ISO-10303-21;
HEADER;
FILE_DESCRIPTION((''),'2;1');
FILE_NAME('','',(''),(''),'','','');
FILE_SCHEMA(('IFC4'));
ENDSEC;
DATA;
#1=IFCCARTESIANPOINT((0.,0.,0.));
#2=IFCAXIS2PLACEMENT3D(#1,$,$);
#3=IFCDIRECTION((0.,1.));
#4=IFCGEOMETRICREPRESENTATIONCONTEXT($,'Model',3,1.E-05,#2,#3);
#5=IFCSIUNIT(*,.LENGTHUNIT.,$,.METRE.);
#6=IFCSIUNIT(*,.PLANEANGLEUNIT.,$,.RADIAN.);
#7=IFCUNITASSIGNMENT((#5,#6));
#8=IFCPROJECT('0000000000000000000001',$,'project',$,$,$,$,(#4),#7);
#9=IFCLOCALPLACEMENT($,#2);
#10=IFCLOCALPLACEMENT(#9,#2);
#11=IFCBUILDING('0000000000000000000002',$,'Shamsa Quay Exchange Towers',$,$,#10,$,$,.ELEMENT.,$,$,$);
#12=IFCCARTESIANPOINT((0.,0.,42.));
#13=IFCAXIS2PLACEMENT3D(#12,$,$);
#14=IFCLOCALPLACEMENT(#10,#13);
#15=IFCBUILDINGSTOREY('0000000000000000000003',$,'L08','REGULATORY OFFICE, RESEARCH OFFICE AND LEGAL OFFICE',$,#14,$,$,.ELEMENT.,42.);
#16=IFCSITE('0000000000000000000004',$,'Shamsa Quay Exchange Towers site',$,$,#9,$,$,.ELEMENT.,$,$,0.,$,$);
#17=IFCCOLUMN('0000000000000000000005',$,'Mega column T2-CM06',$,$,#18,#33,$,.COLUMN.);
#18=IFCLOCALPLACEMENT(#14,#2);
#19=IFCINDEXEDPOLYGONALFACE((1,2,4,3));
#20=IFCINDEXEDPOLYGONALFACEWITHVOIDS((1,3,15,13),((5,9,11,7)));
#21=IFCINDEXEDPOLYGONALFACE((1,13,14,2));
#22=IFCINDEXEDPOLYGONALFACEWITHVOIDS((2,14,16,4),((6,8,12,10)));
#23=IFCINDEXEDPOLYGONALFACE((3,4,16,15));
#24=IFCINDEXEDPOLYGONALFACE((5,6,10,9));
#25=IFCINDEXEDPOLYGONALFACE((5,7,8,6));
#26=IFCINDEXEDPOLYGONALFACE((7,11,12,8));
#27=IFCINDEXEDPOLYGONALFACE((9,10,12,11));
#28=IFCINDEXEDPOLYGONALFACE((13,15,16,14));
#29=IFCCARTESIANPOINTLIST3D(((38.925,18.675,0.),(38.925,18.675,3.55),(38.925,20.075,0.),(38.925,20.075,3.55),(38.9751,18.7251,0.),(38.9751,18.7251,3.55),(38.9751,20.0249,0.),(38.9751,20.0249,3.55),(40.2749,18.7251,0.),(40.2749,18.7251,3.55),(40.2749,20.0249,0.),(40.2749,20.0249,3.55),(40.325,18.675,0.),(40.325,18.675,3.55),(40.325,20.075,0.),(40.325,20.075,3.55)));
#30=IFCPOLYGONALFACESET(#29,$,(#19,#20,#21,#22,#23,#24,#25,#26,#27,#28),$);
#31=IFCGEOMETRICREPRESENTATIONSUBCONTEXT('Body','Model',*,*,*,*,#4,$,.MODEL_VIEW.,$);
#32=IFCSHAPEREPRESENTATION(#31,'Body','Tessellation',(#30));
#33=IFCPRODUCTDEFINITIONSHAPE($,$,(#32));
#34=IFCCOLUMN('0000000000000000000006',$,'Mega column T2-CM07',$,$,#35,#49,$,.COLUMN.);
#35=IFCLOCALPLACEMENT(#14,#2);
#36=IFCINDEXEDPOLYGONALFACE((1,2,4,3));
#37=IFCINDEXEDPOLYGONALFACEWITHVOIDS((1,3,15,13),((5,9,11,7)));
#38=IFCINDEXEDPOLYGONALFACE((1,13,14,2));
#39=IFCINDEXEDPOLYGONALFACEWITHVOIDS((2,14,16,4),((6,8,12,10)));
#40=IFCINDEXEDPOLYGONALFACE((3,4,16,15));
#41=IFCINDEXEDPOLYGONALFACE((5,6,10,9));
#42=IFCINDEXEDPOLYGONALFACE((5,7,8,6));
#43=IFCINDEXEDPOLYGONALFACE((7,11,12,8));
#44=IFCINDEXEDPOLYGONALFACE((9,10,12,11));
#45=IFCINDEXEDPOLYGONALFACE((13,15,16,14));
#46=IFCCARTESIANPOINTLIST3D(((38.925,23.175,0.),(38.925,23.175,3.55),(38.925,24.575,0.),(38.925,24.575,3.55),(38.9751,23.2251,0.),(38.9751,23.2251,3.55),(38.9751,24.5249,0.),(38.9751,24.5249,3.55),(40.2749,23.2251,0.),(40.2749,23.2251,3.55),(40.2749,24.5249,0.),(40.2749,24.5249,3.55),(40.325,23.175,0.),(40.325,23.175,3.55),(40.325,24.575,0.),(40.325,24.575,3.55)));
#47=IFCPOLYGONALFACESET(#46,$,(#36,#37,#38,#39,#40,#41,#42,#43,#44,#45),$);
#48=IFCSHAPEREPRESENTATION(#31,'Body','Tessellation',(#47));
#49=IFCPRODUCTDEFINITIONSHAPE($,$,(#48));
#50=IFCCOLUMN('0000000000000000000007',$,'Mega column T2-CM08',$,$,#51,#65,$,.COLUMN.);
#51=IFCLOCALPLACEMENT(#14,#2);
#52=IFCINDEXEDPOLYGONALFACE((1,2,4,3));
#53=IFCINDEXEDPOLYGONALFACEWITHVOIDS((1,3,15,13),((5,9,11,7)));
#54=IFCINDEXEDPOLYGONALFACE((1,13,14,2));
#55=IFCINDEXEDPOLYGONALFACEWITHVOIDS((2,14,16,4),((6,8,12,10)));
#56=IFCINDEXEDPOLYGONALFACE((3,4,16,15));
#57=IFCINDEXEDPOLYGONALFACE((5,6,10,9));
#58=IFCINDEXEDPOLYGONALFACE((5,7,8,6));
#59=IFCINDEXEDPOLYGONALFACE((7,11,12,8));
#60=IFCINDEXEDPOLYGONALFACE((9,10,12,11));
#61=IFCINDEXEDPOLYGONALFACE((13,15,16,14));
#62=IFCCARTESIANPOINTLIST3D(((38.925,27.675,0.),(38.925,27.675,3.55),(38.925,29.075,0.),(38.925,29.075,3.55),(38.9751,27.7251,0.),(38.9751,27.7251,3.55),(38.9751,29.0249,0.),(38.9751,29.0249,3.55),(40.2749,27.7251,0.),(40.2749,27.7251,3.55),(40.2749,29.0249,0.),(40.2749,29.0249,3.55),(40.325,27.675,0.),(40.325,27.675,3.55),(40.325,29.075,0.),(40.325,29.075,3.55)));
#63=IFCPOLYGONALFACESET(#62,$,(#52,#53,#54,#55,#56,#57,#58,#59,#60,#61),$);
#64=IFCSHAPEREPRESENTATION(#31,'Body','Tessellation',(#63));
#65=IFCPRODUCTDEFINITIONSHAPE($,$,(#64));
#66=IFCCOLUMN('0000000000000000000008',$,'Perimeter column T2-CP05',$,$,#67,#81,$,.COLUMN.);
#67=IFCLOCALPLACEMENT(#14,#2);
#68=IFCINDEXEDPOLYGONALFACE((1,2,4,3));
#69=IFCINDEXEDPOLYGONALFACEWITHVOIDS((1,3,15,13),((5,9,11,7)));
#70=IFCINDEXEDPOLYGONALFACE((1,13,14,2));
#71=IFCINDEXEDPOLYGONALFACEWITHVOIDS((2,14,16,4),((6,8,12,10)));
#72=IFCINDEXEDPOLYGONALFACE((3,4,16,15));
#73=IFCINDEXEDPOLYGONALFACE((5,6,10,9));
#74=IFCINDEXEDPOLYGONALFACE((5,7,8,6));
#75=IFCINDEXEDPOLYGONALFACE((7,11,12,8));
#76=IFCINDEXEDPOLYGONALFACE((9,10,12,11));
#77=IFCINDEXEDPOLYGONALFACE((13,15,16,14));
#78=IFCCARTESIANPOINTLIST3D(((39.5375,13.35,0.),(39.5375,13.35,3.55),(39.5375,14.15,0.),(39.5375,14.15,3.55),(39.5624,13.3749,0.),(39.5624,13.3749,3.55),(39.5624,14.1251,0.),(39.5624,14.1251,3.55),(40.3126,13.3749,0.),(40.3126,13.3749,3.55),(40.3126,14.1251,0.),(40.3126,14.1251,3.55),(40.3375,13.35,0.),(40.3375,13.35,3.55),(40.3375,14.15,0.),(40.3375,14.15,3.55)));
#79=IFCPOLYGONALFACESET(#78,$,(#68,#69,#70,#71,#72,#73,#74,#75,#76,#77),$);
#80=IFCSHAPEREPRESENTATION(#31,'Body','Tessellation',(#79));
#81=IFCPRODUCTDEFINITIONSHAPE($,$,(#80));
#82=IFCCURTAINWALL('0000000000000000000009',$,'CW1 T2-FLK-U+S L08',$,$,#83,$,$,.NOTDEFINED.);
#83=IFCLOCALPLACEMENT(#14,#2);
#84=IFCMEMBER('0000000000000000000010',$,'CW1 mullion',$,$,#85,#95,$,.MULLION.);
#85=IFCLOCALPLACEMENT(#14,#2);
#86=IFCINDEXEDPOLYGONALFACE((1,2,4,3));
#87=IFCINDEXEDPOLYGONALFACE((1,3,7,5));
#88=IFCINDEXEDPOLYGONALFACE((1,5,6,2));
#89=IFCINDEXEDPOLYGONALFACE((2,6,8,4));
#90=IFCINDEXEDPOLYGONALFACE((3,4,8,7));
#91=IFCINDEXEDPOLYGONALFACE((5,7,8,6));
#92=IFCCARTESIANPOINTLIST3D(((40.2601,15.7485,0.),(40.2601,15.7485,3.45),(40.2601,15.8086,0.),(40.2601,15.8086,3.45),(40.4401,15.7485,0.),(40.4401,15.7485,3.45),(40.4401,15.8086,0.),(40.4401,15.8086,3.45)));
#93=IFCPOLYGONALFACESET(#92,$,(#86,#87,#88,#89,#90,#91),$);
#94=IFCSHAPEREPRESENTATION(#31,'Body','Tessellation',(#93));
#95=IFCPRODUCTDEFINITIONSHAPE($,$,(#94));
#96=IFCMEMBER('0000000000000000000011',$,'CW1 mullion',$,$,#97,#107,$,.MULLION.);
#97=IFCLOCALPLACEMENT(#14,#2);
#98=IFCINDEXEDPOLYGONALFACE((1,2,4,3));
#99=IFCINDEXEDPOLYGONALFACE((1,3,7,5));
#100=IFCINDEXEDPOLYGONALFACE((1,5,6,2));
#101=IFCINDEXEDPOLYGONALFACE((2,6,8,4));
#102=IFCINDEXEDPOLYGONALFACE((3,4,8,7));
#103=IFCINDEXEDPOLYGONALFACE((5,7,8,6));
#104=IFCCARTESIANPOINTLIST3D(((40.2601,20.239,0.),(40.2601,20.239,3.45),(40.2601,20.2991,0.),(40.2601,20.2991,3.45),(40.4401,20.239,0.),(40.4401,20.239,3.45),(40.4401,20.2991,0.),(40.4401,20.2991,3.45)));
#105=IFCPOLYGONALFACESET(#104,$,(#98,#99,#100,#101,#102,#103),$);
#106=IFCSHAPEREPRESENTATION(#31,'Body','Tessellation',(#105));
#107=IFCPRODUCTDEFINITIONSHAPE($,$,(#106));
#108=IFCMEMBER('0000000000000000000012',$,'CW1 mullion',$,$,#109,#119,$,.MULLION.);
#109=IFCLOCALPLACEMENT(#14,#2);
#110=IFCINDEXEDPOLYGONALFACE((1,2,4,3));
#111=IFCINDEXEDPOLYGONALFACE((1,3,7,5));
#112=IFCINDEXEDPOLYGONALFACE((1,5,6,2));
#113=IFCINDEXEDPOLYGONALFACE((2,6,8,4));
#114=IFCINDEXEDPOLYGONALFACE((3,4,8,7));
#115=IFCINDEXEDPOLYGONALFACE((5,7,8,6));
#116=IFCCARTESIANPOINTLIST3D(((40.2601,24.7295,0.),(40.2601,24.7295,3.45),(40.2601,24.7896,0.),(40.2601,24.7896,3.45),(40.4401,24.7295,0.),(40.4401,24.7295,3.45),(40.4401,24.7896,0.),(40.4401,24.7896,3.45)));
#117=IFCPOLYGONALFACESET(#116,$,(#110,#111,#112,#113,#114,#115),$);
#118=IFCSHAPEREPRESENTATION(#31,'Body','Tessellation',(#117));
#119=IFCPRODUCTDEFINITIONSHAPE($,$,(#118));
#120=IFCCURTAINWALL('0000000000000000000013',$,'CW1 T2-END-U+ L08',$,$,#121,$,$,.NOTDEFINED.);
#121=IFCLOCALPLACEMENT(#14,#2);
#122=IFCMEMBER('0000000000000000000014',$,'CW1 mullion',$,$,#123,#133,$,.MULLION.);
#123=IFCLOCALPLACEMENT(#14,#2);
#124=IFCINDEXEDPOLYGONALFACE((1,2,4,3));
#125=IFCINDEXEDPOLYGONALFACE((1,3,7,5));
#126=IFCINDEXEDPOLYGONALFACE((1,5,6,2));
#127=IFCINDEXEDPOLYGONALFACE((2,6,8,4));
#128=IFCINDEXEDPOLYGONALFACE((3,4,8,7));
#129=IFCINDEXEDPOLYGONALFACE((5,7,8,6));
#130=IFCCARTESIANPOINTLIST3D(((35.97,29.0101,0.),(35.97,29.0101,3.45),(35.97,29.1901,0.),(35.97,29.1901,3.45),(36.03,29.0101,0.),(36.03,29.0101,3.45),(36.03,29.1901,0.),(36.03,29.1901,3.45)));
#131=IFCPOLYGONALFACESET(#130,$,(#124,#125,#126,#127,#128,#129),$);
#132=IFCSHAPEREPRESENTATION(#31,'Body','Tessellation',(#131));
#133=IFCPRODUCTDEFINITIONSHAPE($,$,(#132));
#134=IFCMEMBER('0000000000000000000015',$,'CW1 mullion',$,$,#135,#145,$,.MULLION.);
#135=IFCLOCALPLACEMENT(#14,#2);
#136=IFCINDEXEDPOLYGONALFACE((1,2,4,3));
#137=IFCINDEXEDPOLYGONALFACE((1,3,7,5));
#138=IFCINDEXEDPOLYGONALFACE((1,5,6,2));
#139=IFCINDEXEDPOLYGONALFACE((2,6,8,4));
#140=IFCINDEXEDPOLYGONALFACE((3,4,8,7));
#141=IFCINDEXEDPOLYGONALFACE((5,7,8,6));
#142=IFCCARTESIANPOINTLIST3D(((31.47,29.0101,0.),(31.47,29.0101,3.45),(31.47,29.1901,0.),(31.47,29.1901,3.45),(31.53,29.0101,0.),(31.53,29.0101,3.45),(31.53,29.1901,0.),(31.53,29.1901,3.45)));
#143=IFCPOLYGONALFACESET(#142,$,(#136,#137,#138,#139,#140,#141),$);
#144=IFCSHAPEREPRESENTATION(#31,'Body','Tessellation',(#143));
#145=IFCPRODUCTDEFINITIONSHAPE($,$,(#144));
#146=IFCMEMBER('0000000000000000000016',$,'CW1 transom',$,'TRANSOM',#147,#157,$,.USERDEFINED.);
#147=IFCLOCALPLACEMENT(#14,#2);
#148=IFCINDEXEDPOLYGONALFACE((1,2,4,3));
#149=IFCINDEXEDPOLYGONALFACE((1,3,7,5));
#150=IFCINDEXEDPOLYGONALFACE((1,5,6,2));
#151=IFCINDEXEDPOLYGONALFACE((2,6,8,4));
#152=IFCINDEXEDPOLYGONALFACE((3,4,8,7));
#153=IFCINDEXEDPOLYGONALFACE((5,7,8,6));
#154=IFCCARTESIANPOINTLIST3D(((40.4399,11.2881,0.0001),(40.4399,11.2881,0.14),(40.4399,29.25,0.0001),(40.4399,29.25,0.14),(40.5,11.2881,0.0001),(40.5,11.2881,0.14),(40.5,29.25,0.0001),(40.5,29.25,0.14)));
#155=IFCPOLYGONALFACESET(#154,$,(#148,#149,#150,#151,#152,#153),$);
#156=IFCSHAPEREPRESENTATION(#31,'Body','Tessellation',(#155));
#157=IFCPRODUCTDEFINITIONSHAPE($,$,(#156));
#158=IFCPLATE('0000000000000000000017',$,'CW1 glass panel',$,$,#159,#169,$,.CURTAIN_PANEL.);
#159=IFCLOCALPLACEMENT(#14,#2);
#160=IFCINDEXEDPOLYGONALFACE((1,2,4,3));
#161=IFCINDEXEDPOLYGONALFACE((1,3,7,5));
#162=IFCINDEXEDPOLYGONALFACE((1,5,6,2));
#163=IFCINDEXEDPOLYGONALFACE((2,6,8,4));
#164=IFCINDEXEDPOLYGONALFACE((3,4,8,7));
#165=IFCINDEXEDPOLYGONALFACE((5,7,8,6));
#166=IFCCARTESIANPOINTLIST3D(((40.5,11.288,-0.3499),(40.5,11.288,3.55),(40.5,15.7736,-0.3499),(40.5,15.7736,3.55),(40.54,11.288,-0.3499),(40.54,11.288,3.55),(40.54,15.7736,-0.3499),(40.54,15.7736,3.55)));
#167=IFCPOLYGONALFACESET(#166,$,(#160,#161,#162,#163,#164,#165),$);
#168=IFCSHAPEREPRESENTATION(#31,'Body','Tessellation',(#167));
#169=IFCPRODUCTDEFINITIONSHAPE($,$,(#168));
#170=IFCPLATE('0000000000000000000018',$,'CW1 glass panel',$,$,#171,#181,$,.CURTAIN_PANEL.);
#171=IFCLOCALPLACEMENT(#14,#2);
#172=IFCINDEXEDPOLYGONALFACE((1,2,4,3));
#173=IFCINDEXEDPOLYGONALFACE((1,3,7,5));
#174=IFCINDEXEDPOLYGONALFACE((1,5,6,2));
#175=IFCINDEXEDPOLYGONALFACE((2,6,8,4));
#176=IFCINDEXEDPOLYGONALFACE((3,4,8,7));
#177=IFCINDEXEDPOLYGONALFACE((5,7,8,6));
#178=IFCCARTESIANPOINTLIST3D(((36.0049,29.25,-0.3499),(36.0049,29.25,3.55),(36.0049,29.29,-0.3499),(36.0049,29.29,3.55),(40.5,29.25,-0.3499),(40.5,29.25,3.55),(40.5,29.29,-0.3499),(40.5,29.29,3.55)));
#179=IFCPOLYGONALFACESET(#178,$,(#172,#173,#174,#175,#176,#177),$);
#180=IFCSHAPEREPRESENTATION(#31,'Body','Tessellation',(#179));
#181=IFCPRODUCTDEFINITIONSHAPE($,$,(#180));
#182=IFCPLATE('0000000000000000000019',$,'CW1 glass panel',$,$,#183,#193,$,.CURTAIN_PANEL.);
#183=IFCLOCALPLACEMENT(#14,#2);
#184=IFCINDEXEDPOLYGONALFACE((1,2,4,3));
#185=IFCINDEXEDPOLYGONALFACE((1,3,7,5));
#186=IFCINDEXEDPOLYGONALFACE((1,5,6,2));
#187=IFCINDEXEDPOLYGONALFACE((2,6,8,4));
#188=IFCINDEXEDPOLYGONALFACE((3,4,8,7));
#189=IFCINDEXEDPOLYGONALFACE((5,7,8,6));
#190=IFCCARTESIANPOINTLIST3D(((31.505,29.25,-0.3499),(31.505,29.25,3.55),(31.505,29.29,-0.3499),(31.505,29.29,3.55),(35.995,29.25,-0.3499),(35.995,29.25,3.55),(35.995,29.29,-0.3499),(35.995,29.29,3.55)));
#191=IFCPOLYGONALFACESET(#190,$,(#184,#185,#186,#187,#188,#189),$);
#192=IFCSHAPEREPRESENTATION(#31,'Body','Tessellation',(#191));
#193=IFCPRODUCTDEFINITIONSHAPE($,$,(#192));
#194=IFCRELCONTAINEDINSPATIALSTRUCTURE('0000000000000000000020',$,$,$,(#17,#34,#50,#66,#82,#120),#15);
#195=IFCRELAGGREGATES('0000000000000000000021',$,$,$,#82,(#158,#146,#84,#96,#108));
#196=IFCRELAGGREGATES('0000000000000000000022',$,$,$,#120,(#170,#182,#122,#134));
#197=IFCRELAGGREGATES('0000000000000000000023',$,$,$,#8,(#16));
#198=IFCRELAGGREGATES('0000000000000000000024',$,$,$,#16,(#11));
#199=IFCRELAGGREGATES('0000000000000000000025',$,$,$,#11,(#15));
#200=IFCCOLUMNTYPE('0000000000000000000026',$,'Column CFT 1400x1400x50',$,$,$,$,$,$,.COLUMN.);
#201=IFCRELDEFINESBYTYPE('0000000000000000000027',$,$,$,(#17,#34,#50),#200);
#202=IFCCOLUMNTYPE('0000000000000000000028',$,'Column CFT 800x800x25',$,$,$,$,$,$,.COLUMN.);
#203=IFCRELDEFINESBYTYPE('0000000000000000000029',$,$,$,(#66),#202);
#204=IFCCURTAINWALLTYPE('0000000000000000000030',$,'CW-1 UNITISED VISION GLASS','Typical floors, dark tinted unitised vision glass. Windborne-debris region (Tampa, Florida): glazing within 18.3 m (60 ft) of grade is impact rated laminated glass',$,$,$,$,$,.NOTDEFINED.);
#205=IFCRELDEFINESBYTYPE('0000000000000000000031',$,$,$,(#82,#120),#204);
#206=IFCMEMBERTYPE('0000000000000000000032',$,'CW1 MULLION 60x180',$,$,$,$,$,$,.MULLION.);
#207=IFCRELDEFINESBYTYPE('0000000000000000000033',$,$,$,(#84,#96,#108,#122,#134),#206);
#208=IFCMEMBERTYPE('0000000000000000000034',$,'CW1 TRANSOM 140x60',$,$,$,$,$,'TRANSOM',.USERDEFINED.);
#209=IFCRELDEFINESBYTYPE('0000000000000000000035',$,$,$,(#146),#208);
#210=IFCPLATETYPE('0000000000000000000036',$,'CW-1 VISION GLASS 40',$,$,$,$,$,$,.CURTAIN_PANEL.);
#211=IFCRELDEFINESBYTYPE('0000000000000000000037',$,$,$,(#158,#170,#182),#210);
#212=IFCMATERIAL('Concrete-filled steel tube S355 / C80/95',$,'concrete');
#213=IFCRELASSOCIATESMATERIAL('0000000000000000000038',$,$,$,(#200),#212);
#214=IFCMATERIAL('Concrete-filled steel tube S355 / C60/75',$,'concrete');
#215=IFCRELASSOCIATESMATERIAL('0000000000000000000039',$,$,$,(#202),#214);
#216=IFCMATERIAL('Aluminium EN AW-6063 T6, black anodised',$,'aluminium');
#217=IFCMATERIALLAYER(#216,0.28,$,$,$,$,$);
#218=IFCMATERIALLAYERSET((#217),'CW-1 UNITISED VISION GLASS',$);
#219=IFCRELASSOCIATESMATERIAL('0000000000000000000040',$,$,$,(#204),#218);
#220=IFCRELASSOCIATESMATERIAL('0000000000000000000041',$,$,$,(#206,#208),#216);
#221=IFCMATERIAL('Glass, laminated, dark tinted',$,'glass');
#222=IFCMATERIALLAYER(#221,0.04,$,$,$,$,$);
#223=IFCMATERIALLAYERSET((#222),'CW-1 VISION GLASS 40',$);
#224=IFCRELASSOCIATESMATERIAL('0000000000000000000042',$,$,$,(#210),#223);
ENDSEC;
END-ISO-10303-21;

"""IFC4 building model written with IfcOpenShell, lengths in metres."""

from ifc_helpers import new_model, si_unit, direction, frame, origin, origin_2d, place, context, subcontext, project, spatial, rectangle, hollow_rectangle, extrude, material, layer, layer_set, material_profile, profile_set, type_object, element, aggregate, save


model = new_model("IFC4")

# Units and contexts
model_context = context("Model", 3, precision=1e-05, world=origin(), true_north=direction((0.0, 1.0)))
body_context = subcontext(model_context, "Body", "Model", "MODEL_VIEW")
ifc_project = project(units=[si_unit("LENGTHUNIT", "METRE"), si_unit("PLANEANGLEUNIT", "RADIAN")], contexts=[model_context])

# Site, building, storey
site_placement = place(None, origin())
site = spatial("IfcSite", under=ifc_project, at=site_placement, Name="Shamsa Quay Exchange Towers site", CompositionType="ELEMENT", RefElevation=0.0)
building_placement = place(site_placement, origin())
building = spatial("IfcBuilding", under=site, at=building_placement, Name="Shamsa Quay Exchange Towers", CompositionType="ELEMENT")
storey_placement = place(building_placement, frame((0.0, 0.0, 42.0)))
storey = spatial("IfcBuildingStorey", under=building, at=storey_placement, Name="L08", Description="REGULATORY OFFICE, RESEARCH OFFICE AND LEGAL OFFICE", CompositionType="ELEMENT", Elevation=42.0)

# Columns
ifc_material_1 = material(Name="Concrete-filled steel tube S355 / C80/95", Category="concrete")
ifc_material_profile_1 = material_profile(ifc_material_1, hollow_rectangle(XDim=1.3999, YDim=1.3999, WallThickness=0.05, at=origin_2d()), Name="CFT 1400x1400x50")
ifc_profile_set_1 = profile_set([ifc_material_profile_1], Name="Concrete-filled steel tube S355 / C80/95")
column_type_1 = type_object("IfcColumnType", Name="Column CFT 1400x1400x50", PredefinedType="COLUMN", material=ifc_profile_set_1)
for number, where, name in (
    (1, (39.625, 19.375, 0.0), "Mega column T2-CM06"),
    (2, (39.625, 23.875, 0.0), "Mega column T2-CM07"),
    (3, (39.625, 28.375, 0.0), "Mega column T2-CM08"),
):
    element("IfcColumn", number, at=place(storey_placement, frame(where)), inside=storey, type_object=column_type_1, Name=name, PredefinedType="COLUMN", context=body_context, shape_type="SweptSolid", body=[
        extrude(hollow_rectangle(XDim=1.3999, YDim=1.3999, WallThickness=0.05, at=origin_2d()), origin(), (0.0, 0.0, 1.0), 3.55),
    ])
ifc_material_2 = material(Name="Concrete-filled steel tube S355 / C60/75", Category="concrete")
ifc_material_profile_2 = material_profile(ifc_material_2, hollow_rectangle(XDim=0.8, YDim=0.8, WallThickness=0.0249, at=origin_2d()), Name="CFT 800x800x25")
ifc_profile_set_2 = profile_set([ifc_material_profile_2], Name="Concrete-filled steel tube S355 / C60/75")
column_type_2 = type_object("IfcColumnType", Name="Column CFT 800x800x25", PredefinedType="COLUMN", material=ifc_profile_set_2)
column_placement = place(storey_placement, frame((39.9375, 13.75, 0.0)))
element("IfcColumn", 4, at=column_placement, inside=storey, type_object=column_type_2, Name="Perimeter column T2-CP05", PredefinedType="COLUMN", context=body_context, shape_type="SweptSolid", body=[
    extrude(hollow_rectangle(XDim=0.8, YDim=0.8, WallThickness=0.0249, at=origin_2d()), origin(), (0.0, 0.0, 1.0), 3.55),
])

# Curtain walls, members
ifc_material_3 = material(Name="Aluminium EN AW-6063 T6, black anodised", Category="aluminium")
ifc_layer_1 = layer(ifc_material_3, 0.28)
ifc_layer_set_1 = layer_set([ifc_layer_1], Name="CW-1 UNITISED VISION GLASS")
curtain_wall_type = type_object("IfcCurtainWallType", Name="CW-1 UNITISED VISION GLASS", Description="Typical floors, dark tinted unitised vision glass. Windborne-debris region (Tampa, Florida): glazing within 18.3 m (60 ft) of grade is impact rated laminated glass", PredefinedType="NOTDEFINED", material=ifc_layer_set_1)
curtain_wall_1_placement = place(storey_placement, origin())
curtain_wall_1 = element("IfcCurtainWall", 5, at=curtain_wall_1_placement, inside=storey, type_object=curtain_wall_type, Name="CW1 T2-FLK-U+S L08", PredefinedType="NOTDEFINED")
ifc_material_profile_3 = material_profile(ifc_material_3, rectangle(XDim=0.1799, YDim=0.0601, at=origin_2d()), Name="MU60x180")
ifc_profile_set_3 = profile_set([ifc_material_profile_3], Name="Aluminium EN AW-6063 T6, black anodised")
member_type_1 = type_object("IfcMemberType", Name="CW1 MULLION 60x180", PredefinedType="MULLION", material=ifc_profile_set_3)
member_1_placement = place(storey_placement, frame((40.3501, 15.7786, 0.0), z_axis=(0.0, 0.0, 1.0), x_axis=(-1.0, 0.0, 0.0)))
member_1 = element("IfcMember", 6, at=member_1_placement, type_object=member_type_1, Name="CW1 mullion", PredefinedType="MULLION", context=body_context, shape_type="SweptSolid", body=[
    extrude(rectangle(XDim=0.1799, YDim=0.0601, at=origin_2d()), origin(), (0.0, 0.0, 1.0), 3.45),
])
member_2_placement = place(storey_placement, frame((40.3501, 20.269, 0.0), z_axis=(0.0, 0.0, 1.0), x_axis=(-1.0, 0.0, 0.0)))
member_2 = element("IfcMember", 7, at=member_2_placement, type_object=member_type_1, Name="CW1 mullion", PredefinedType="MULLION", context=body_context, shape_type="SweptSolid", body=[
    extrude(rectangle(XDim=0.1799, YDim=0.0601, at=origin_2d()), origin(), (0.0, 0.0, 1.0), 3.45),
])
member_3_placement = place(storey_placement, frame((40.3501, 24.7595, 0.0), z_axis=(0.0, 0.0, 1.0), x_axis=(-1.0, 0.0, 0.0)))
member_3 = element("IfcMember", 8, at=member_3_placement, type_object=member_type_1, Name="CW1 mullion", PredefinedType="MULLION", context=body_context, shape_type="SweptSolid", body=[
    extrude(rectangle(XDim=0.1799, YDim=0.0601, at=origin_2d()), origin(), (0.0, 0.0, 1.0), 3.45),
])
curtain_wall_2_placement = place(storey_placement, origin())
curtain_wall_2 = element("IfcCurtainWall", 9, at=curtain_wall_2_placement, inside=storey, type_object=curtain_wall_type, Name="CW1 T2-END-U+ L08", PredefinedType="NOTDEFINED")
member_4_placement = place(storey_placement, frame((36.0, 29.1001, 0.0), z_axis=(0.0, 0.0, 1.0), x_axis=(0.0, -1.0, 0.0)))
member_4 = element("IfcMember", 10, at=member_4_placement, type_object=member_type_1, Name="CW1 mullion", PredefinedType="MULLION", context=body_context, shape_type="SweptSolid", body=[
    extrude(rectangle(XDim=0.1799, YDim=0.0601, at=origin_2d()), origin(), (0.0, 0.0, 1.0), 3.45),
])
member_5_placement = place(storey_placement, frame((31.5, 29.1001, 0.0), z_axis=(0.0, 0.0, 1.0), x_axis=(0.0, -1.0, 0.0)))
member_5 = element("IfcMember", 11, at=member_5_placement, type_object=member_type_1, Name="CW1 mullion", PredefinedType="MULLION", context=body_context, shape_type="SweptSolid", body=[
    extrude(rectangle(XDim=0.1799, YDim=0.0601, at=origin_2d()), origin(), (0.0, 0.0, 1.0), 3.45),
])

# Member
ifc_material_profile_4 = material_profile(ifc_material_3, rectangle(XDim=0.0601, YDim=0.1399, at=origin_2d()), Name="TR140x60")
ifc_profile_set_4 = profile_set([ifc_material_profile_4], Name="Aluminium EN AW-6063 T6, black anodised")
member_type_2 = type_object("IfcMemberType", Name="CW1 TRANSOM 140x60", ElementType="TRANSOM", PredefinedType="USERDEFINED", material=ifc_profile_set_4)
member_6_placement = place(storey_placement, frame((40.47, 11.2881, 0.0701), z_axis=(0.0, 1.0, 0.0), x_axis=(-1.0, 0.0, 0.0)))
member_6 = element("IfcMember", 12, at=member_6_placement, type_object=member_type_2, Name="CW1 transom", ObjectType="TRANSOM", PredefinedType="USERDEFINED", context=body_context, shape_type="SweptSolid", body=[
    extrude(rectangle(XDim=0.0601, YDim=0.1399, at=origin_2d()), origin(), (0.0, 0.0, 1.0), 17.9619),
])

# Plates
ifc_material_4 = material(Name="Glass, laminated, dark tinted", Category="glass")
ifc_layer_2 = layer(ifc_material_4, 0.04)
ifc_layer_set_2 = layer_set([ifc_layer_2], Name="CW-1 VISION GLASS 40")
plate_type = type_object("IfcPlateType", Name="CW-1 VISION GLASS 40", PredefinedType="CURTAIN_PANEL", material=ifc_layer_set_2)
plate_1_placement = place(storey_placement, frame((40.52, 13.5308, -0.3499), z_axis=(0.0, 0.0, 1.0), x_axis=(0.0, 1.0, 0.0)))
plate_1 = element("IfcPlate", 13, at=plate_1_placement, type_object=plate_type, Name="CW1 glass panel", PredefinedType="CURTAIN_PANEL", context=body_context, shape_type="SweptSolid", body=[
    extrude(rectangle(XDim=4.4856, YDim=0.04, at=origin_2d()), origin(), (0.0, 0.0, 1.0), 3.8999),
])
aggregate(curtain_wall_1, [plate_1, member_6, member_1, member_2, member_3])
plate_2_placement = place(storey_placement, frame((38.2524, 29.27, -0.3499), z_axis=(0.0, 0.0, 1.0), x_axis=(-1.0, 0.0, 0.0)))
plate_2 = element("IfcPlate", 14, at=plate_2_placement, type_object=plate_type, Name="CW1 glass panel", PredefinedType="CURTAIN_PANEL", context=body_context, shape_type="SweptSolid", body=[
    extrude(rectangle(XDim=4.4951, YDim=0.04, at=origin_2d()), origin(), (0.0, 0.0, 1.0), 3.8999),
])
plate_3_placement = place(storey_placement, frame((33.75, 29.27, -0.3499), z_axis=(0.0, 0.0, 1.0), x_axis=(-1.0, 0.0, 0.0)))
plate_3 = element("IfcPlate", 15, at=plate_3_placement, type_object=plate_type, Name="CW1 glass panel", PredefinedType="CURTAIN_PANEL", context=body_context, shape_type="SweptSolid", body=[
    extrude(rectangle(XDim=4.49, YDim=0.04, at=origin_2d()), origin(), (0.0, 0.0, 1.0), 3.8999),
])
aggregate(curtain_wall_2, [plate_2, plate_3, member_4, member_5])

save(model, "model.ifc")
